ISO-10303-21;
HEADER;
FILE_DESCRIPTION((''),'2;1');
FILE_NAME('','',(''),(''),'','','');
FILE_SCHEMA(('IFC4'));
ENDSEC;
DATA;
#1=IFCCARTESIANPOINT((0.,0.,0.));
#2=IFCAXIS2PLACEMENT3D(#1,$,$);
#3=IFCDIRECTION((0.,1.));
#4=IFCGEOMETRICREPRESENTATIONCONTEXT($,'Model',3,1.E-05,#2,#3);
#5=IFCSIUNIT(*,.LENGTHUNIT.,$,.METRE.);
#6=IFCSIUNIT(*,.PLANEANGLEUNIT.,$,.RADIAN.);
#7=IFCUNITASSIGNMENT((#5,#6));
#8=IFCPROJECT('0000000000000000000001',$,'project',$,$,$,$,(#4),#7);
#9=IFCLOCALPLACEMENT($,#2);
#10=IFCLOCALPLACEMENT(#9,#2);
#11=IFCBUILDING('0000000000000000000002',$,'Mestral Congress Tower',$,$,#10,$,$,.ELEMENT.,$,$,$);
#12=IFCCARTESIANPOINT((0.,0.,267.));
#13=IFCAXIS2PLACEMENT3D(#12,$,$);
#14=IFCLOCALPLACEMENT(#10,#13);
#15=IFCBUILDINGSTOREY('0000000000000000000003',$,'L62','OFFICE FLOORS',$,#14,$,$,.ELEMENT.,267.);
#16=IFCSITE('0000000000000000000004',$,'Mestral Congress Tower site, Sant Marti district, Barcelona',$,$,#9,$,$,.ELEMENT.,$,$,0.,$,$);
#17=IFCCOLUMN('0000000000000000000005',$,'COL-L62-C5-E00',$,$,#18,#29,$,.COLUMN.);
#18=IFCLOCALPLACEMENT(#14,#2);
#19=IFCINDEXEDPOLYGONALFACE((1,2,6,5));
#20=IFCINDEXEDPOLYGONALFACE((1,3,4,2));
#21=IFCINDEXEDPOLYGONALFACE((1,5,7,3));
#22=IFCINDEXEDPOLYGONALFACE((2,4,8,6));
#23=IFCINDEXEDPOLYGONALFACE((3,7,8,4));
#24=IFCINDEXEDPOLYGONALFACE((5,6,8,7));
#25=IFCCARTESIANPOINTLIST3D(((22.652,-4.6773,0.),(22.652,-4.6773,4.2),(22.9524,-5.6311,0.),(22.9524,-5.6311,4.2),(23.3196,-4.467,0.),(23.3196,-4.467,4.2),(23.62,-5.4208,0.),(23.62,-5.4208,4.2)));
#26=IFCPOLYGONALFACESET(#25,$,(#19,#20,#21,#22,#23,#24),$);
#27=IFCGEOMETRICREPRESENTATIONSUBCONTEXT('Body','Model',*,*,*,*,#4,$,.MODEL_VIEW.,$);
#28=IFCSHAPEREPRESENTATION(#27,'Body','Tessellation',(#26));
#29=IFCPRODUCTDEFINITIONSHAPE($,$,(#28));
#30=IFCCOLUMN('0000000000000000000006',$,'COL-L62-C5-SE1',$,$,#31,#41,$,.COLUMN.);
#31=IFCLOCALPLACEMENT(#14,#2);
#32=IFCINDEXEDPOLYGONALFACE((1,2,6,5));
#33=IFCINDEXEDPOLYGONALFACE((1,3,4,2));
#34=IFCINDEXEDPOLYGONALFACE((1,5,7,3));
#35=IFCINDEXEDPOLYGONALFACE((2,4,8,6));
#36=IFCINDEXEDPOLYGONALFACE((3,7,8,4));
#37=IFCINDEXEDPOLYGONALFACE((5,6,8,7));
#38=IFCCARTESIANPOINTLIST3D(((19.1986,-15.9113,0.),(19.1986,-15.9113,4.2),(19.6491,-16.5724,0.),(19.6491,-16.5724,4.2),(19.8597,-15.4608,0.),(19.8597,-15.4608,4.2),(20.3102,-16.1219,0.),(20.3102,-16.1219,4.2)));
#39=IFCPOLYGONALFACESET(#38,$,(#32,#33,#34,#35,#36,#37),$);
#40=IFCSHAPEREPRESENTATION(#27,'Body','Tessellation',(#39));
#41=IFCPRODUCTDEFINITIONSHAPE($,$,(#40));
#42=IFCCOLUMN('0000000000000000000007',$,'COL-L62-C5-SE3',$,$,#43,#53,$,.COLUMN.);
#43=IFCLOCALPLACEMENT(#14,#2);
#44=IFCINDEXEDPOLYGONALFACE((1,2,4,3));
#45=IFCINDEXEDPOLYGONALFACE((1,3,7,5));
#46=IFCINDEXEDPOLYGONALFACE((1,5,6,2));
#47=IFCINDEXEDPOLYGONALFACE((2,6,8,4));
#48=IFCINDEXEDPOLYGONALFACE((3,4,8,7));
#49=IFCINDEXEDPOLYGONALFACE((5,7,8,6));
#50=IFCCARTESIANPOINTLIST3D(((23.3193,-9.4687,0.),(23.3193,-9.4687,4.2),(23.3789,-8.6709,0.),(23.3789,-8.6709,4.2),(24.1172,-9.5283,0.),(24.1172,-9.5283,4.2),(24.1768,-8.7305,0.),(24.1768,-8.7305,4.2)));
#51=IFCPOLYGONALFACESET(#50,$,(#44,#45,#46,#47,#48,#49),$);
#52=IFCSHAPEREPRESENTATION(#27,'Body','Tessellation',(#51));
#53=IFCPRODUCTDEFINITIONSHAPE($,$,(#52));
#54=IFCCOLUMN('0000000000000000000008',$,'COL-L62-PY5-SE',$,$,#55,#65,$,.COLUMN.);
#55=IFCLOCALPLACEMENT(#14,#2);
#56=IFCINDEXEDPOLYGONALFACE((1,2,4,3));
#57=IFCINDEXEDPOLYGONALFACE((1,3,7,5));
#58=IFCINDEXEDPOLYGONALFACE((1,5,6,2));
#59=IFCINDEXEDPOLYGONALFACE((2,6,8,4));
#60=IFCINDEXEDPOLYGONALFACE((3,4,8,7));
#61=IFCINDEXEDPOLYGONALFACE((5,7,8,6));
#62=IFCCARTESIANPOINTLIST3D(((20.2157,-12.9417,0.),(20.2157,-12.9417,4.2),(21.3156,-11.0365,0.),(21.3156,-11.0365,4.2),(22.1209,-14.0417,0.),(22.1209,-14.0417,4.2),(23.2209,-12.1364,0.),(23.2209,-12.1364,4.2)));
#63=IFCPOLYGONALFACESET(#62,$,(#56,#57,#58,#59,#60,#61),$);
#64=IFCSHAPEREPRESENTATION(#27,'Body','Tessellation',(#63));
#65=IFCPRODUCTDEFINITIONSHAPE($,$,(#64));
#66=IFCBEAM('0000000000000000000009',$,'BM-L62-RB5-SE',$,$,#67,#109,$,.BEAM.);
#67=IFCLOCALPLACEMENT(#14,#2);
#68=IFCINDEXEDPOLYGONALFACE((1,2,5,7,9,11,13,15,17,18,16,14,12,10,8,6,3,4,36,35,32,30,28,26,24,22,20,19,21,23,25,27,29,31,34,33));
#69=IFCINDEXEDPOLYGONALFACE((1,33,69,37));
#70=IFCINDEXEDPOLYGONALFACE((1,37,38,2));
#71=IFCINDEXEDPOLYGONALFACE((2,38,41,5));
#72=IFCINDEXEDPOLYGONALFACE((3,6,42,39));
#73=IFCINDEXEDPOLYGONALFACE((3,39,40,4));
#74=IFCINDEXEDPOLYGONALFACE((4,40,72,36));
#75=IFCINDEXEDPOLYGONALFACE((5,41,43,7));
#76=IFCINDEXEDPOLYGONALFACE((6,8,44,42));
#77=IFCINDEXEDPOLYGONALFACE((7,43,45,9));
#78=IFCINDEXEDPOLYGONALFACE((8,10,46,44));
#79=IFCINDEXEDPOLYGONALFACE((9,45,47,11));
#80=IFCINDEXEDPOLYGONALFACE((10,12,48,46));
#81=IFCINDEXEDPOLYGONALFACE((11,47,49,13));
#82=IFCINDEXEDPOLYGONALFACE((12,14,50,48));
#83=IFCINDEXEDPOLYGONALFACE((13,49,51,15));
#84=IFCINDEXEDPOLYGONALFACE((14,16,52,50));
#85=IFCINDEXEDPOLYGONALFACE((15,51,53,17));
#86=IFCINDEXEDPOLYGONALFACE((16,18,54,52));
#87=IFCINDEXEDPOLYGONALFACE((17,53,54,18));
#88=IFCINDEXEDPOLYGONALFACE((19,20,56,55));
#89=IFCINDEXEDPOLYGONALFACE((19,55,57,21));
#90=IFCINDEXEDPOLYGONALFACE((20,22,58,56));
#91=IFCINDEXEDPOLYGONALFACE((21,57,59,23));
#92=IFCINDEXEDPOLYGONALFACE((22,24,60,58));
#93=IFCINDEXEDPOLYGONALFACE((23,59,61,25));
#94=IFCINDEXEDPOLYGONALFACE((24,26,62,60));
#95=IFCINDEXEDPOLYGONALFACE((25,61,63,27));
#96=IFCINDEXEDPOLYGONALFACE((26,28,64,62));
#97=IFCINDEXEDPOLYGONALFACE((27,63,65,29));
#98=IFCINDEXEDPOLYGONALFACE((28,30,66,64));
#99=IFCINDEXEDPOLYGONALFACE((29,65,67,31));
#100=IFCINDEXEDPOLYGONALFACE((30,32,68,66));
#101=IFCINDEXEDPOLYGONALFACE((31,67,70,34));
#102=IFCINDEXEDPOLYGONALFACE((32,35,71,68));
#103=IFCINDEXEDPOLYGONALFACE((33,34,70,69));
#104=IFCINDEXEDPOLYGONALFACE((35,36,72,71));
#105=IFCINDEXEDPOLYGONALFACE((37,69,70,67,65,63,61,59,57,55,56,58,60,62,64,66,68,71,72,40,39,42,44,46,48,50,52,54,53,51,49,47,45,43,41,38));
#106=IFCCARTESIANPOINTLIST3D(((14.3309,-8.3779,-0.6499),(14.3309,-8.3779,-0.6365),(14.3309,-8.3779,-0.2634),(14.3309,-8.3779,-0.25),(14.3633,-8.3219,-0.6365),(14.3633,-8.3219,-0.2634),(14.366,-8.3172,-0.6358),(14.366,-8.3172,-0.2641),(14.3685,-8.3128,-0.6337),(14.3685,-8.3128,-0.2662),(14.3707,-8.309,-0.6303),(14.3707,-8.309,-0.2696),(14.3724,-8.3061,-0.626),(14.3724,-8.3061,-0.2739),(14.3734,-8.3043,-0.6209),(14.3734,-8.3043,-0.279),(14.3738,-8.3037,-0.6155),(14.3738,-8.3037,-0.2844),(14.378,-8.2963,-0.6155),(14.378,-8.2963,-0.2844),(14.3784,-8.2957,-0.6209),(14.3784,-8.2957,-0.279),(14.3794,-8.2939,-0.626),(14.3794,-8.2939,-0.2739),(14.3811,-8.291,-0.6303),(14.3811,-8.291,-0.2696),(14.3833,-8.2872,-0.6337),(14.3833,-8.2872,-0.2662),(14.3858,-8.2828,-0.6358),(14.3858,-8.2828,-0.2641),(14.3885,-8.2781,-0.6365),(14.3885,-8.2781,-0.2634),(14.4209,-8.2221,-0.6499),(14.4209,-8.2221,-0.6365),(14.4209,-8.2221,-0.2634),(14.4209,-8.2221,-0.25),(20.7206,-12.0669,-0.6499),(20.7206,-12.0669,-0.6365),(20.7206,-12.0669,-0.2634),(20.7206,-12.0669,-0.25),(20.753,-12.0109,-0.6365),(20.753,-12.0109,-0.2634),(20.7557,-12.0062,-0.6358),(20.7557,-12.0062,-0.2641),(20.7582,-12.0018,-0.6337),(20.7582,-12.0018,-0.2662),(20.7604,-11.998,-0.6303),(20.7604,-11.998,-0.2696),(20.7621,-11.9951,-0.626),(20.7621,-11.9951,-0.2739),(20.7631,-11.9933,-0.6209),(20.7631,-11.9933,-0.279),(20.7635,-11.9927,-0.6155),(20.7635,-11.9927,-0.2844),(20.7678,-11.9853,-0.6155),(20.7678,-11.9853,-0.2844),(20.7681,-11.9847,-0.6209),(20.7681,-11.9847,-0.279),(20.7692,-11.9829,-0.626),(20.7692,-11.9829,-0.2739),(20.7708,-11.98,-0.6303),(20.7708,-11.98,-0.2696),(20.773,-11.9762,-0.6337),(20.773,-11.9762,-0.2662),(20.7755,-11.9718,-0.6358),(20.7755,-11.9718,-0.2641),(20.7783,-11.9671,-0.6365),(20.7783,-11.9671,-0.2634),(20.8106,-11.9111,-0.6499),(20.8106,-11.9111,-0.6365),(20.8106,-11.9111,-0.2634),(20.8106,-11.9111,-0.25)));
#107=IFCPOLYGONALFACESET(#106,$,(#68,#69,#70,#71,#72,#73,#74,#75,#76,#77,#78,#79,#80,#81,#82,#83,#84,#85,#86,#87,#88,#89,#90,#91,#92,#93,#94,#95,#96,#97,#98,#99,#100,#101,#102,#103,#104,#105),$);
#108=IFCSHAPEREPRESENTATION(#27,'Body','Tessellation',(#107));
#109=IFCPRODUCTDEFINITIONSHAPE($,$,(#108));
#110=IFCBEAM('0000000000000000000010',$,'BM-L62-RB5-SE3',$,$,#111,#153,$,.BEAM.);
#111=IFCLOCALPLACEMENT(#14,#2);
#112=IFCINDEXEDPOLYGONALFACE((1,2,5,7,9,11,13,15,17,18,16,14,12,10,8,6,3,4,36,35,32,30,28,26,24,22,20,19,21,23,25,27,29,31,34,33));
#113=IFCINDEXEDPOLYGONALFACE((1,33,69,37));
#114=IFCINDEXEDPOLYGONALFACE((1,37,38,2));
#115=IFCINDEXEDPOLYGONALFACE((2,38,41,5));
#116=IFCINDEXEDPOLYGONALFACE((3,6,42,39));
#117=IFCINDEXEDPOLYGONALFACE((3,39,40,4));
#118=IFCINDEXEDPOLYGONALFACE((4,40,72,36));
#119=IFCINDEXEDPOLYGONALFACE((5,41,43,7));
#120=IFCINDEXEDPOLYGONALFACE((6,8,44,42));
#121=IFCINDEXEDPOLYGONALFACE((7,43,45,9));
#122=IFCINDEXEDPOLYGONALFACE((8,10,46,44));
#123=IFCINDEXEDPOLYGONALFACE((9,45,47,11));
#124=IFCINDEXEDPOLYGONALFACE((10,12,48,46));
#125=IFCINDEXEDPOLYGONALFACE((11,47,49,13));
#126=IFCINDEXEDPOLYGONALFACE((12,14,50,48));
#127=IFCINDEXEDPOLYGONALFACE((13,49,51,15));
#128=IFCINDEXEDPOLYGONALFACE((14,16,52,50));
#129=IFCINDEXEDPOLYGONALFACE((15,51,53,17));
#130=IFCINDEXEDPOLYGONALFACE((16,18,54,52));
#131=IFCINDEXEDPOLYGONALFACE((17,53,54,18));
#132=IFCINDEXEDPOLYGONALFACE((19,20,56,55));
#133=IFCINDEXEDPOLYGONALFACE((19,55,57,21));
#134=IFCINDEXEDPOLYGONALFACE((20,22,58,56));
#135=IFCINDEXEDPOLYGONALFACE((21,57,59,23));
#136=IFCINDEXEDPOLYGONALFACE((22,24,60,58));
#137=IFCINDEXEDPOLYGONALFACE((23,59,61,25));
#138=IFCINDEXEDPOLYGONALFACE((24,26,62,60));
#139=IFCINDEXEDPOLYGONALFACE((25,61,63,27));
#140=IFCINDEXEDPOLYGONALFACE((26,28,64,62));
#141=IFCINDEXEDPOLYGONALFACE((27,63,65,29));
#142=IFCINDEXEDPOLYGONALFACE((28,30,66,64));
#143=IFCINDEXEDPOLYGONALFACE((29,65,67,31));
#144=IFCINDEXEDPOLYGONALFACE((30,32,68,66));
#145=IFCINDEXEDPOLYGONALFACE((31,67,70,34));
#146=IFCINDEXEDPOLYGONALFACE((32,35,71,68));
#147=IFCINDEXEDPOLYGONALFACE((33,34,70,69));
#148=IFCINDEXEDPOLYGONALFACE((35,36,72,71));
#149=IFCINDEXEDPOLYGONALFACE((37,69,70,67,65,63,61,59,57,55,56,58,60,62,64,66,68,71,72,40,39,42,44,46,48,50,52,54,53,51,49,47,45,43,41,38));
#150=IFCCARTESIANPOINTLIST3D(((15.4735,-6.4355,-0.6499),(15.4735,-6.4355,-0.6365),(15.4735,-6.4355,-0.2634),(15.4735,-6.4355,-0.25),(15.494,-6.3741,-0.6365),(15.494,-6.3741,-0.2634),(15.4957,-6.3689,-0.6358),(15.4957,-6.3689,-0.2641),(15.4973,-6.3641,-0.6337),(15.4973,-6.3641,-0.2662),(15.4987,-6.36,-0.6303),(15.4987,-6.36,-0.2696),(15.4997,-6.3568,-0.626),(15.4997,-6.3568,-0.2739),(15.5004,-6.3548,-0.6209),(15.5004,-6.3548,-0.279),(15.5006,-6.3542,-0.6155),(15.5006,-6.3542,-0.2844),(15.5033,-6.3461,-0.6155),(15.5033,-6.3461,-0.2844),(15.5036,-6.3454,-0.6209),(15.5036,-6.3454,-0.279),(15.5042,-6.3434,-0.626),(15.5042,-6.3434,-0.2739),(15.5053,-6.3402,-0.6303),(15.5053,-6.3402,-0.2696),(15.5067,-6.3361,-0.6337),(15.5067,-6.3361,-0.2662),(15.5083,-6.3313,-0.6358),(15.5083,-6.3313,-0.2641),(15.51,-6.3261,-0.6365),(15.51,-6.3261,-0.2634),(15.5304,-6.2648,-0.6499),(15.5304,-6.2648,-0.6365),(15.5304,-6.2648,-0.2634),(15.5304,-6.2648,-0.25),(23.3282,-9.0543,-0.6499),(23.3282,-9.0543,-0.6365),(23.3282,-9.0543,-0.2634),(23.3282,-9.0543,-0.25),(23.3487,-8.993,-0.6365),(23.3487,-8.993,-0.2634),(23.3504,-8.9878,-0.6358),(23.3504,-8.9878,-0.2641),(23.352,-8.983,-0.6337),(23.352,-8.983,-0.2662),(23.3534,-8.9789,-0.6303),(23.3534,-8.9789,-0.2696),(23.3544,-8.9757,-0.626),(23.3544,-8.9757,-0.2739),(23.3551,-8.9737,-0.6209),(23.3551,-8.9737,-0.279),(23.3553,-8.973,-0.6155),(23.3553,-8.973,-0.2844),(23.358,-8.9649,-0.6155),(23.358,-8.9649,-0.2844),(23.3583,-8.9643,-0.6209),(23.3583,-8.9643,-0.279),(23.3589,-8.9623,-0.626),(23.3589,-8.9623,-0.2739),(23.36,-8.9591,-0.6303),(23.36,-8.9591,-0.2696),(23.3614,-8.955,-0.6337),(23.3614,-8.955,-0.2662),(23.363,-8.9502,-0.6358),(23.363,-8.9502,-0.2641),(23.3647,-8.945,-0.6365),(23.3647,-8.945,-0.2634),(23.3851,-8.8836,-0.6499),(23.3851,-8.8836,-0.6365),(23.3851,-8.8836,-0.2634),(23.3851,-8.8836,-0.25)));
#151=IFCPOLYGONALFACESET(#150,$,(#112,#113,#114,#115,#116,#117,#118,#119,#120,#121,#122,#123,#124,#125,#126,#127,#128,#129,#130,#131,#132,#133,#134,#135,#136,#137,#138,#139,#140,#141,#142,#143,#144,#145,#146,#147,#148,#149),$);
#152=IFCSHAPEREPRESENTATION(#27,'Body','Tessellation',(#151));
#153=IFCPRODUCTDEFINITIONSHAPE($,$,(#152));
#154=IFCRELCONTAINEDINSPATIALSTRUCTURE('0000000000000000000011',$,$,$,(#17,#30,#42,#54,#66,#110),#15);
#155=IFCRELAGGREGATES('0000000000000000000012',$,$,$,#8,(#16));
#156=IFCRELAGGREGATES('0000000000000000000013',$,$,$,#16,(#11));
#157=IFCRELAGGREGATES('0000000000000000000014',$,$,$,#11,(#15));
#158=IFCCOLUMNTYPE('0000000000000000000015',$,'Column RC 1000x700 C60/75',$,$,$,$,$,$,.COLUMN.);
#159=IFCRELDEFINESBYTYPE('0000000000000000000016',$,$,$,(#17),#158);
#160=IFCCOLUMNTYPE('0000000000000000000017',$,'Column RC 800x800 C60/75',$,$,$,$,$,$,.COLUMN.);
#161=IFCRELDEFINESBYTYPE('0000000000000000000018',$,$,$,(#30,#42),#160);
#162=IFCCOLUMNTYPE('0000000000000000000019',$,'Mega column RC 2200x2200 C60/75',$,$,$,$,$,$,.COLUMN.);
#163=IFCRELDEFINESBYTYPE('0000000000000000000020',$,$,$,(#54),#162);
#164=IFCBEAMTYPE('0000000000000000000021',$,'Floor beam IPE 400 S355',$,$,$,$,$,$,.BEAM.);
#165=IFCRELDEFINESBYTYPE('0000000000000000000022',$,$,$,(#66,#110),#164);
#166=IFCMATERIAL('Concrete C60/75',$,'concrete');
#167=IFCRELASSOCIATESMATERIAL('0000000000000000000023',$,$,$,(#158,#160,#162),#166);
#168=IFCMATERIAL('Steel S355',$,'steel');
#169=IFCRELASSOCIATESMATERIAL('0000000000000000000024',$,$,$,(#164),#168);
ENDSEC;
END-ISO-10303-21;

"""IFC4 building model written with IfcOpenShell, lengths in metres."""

from ifc_helpers import new_model, si_unit, direction, frame, origin, origin_2d, place, context, subcontext, project, spatial, rectangle, i_section, extrude, material, material_profile, profile_set, type_object, element, save


model = new_model("IFC4")

# Units and contexts
model_context = context("Model", 3, precision=1e-05, world=origin(), true_north=direction((0.0, 1.0)))
body_context = subcontext(model_context, "Body", "Model", "MODEL_VIEW")
ifc_project = project(units=[si_unit("LENGTHUNIT", "METRE"), si_unit("PLANEANGLEUNIT", "RADIAN")], contexts=[model_context])

# Site, building, storey
site_placement = place(None, origin())
site = spatial("IfcSite", under=ifc_project, at=site_placement, Name="Mestral Congress Tower site, Sant Marti district, Barcelona", CompositionType="ELEMENT", RefElevation=0.0)
building_placement = place(site_placement, origin())
building = spatial("IfcBuilding", under=site, at=building_placement, Name="Mestral Congress Tower", CompositionType="ELEMENT")
storey_placement = place(building_placement, frame((0.0, 0.0, 267.0)))
storey = spatial("IfcBuildingStorey", under=building, at=storey_placement, Name="L62", Description="OFFICE FLOORS", CompositionType="ELEMENT", Elevation=267.0)

# Columns
ifc_material_1 = material(Name="Concrete C60/75", Category="concrete")
ifc_material_profile_1 = material_profile(ifc_material_1, rectangle(XDim=1.0, YDim=0.7, at=origin_2d()), Name="RC 1000x700")
ifc_profile_set_1 = profile_set([ifc_material_profile_1], Name="Concrete C60/75")
column_type_1 = type_object("IfcColumnType", Name="Column RC 1000x700 C60/75", PredefinedType="COLUMN", material=ifc_profile_set_1)
column_1_placement = place(storey_placement, frame((23.136, -5.0491, 0.0), z_axis=(0.0, 0.0, 1.0), x_axis=(-0.300431, 0.953804, 0.0)))
element("IfcColumn", 1, at=column_1_placement, inside=storey, type_object=column_type_1, Name="COL-L62-C5-E00", PredefinedType="COLUMN", context=body_context, shape_type="SweptSolid", body=[
    extrude(rectangle(XDim=1.0, YDim=0.7, at=origin_2d()), origin(), (0.0, 0.0, 1.0), 4.2),
])
ifc_material_profile_2 = material_profile(ifc_material_1, rectangle(XDim=0.8, YDim=0.8, at=origin_2d()), Name="RC 800x800")
ifc_profile_set_2 = profile_set([ifc_material_profile_2], Name="Concrete C60/75")
column_type_2 = type_object("IfcColumnType", Name="Column RC 800x800 C60/75", PredefinedType="COLUMN", material=ifc_profile_set_2)
for number, where, z_axis, x_axis, name in (
    (2, (19.7544, -16.0166, 0.0), (0.0, 0.0, 1.0), (0.826363, 0.563138, 0.0), "COL-L62-C5-SE1"),
    (3, (23.748, -9.0996, 0.0), (0.0, 0.0, 1.0), (0.074511, 0.99722, 0.0), "COL-L62-C5-SE3"),
):
    element("IfcColumn", number, at=place(storey_placement, frame(where, z_axis=z_axis, x_axis=x_axis)), inside=storey, type_object=column_type_2, Name=name, PredefinedType="COLUMN", context=body_context, shape_type="SweptSolid", body=[
        extrude(rectangle(XDim=0.8, YDim=0.8, at=origin_2d()), origin(), (0.0, 0.0, 1.0), 4.2),
    ])
ifc_material_profile_3 = material_profile(ifc_material_1, rectangle(XDim=2.2, YDim=2.2, at=origin_2d()), Name="RC 2200x2200")
ifc_profile_set_3 = profile_set([ifc_material_profile_3], Name="Concrete C60/75")
column_type_3 = type_object("IfcColumnType", Name="Mega column RC 2200x2200 C60/75", PredefinedType="COLUMN", material=ifc_profile_set_3)
column_2_placement = place(storey_placement, frame((21.7183, -12.5391, 0.0), z_axis=(0.0, 0.0, 1.0), x_axis=(0.866025, -0.5, 0.0)))
element("IfcColumn", 4, at=column_2_placement, inside=storey, type_object=column_type_3, Name="COL-L62-PY5-SE", PredefinedType="COLUMN", context=body_context, shape_type="SweptSolid", body=[
    extrude(rectangle(XDim=2.2, YDim=2.2, at=origin_2d()), origin(), (0.0, 0.0, 1.0), 4.2),
])

# Beams
ifc_material_2 = material(Name="Steel S355", Category="steel")
ifc_material_profile_4 = material_profile(ifc_material_2, i_section(OverallWidth=0.1799, OverallDepth=0.3999, WebThickness=0.0085, FlangeThickness=0.0134, FilletRadius=0.021, at=origin_2d()), Name="IPE 400")
ifc_profile_set_4 = profile_set([ifc_material_profile_4], Name="Steel S355")
beam_type_1 = type_object("IfcBeamType", Name="Floor beam IPE 400 S355", PredefinedType="BEAM", material=ifc_profile_set_4)
beam_1_placement = place(storey_placement, frame((20.7656, -11.989, -0.45), z_axis=(-0.866031, 0.49999, 0.0), x_axis=(-0.49999, -0.866031, 0.0)))
element("IfcBeam", 5, at=beam_1_placement, inside=storey, type_object=beam_type_1, Name="BM-L62-RB5-SE", PredefinedType="BEAM", context=body_context, shape_type="SweptSolid", body=[
    extrude(i_section(OverallWidth=0.1799, OverallDepth=0.3999, WebThickness=0.0085, FlangeThickness=0.0134, FilletRadius=0.021, at=origin_2d()), origin(), (0.0, 0.0, 1.0), 7.3782),
])
beam_2_placement = place(storey_placement, frame((23.3567, -8.969, -0.45), z_axis=(-0.94866, 0.316299, 0.0), x_axis=(-0.316299, -0.94866, 0.0)))
element("IfcBeam", 6, at=beam_2_placement, inside=storey, type_object=beam_type_1, Name="BM-L62-RB5-SE3", PredefinedType="BEAM", context=body_context, shape_type="SweptSolid", body=[
    extrude(i_section(OverallWidth=0.1799, OverallDepth=0.3999, WebThickness=0.0085, FlangeThickness=0.0134, FilletRadius=0.021, at=origin_2d()), origin(), (0.0, 0.0, 1.0), 8.2798),
])

save(model, "model.ifc")
